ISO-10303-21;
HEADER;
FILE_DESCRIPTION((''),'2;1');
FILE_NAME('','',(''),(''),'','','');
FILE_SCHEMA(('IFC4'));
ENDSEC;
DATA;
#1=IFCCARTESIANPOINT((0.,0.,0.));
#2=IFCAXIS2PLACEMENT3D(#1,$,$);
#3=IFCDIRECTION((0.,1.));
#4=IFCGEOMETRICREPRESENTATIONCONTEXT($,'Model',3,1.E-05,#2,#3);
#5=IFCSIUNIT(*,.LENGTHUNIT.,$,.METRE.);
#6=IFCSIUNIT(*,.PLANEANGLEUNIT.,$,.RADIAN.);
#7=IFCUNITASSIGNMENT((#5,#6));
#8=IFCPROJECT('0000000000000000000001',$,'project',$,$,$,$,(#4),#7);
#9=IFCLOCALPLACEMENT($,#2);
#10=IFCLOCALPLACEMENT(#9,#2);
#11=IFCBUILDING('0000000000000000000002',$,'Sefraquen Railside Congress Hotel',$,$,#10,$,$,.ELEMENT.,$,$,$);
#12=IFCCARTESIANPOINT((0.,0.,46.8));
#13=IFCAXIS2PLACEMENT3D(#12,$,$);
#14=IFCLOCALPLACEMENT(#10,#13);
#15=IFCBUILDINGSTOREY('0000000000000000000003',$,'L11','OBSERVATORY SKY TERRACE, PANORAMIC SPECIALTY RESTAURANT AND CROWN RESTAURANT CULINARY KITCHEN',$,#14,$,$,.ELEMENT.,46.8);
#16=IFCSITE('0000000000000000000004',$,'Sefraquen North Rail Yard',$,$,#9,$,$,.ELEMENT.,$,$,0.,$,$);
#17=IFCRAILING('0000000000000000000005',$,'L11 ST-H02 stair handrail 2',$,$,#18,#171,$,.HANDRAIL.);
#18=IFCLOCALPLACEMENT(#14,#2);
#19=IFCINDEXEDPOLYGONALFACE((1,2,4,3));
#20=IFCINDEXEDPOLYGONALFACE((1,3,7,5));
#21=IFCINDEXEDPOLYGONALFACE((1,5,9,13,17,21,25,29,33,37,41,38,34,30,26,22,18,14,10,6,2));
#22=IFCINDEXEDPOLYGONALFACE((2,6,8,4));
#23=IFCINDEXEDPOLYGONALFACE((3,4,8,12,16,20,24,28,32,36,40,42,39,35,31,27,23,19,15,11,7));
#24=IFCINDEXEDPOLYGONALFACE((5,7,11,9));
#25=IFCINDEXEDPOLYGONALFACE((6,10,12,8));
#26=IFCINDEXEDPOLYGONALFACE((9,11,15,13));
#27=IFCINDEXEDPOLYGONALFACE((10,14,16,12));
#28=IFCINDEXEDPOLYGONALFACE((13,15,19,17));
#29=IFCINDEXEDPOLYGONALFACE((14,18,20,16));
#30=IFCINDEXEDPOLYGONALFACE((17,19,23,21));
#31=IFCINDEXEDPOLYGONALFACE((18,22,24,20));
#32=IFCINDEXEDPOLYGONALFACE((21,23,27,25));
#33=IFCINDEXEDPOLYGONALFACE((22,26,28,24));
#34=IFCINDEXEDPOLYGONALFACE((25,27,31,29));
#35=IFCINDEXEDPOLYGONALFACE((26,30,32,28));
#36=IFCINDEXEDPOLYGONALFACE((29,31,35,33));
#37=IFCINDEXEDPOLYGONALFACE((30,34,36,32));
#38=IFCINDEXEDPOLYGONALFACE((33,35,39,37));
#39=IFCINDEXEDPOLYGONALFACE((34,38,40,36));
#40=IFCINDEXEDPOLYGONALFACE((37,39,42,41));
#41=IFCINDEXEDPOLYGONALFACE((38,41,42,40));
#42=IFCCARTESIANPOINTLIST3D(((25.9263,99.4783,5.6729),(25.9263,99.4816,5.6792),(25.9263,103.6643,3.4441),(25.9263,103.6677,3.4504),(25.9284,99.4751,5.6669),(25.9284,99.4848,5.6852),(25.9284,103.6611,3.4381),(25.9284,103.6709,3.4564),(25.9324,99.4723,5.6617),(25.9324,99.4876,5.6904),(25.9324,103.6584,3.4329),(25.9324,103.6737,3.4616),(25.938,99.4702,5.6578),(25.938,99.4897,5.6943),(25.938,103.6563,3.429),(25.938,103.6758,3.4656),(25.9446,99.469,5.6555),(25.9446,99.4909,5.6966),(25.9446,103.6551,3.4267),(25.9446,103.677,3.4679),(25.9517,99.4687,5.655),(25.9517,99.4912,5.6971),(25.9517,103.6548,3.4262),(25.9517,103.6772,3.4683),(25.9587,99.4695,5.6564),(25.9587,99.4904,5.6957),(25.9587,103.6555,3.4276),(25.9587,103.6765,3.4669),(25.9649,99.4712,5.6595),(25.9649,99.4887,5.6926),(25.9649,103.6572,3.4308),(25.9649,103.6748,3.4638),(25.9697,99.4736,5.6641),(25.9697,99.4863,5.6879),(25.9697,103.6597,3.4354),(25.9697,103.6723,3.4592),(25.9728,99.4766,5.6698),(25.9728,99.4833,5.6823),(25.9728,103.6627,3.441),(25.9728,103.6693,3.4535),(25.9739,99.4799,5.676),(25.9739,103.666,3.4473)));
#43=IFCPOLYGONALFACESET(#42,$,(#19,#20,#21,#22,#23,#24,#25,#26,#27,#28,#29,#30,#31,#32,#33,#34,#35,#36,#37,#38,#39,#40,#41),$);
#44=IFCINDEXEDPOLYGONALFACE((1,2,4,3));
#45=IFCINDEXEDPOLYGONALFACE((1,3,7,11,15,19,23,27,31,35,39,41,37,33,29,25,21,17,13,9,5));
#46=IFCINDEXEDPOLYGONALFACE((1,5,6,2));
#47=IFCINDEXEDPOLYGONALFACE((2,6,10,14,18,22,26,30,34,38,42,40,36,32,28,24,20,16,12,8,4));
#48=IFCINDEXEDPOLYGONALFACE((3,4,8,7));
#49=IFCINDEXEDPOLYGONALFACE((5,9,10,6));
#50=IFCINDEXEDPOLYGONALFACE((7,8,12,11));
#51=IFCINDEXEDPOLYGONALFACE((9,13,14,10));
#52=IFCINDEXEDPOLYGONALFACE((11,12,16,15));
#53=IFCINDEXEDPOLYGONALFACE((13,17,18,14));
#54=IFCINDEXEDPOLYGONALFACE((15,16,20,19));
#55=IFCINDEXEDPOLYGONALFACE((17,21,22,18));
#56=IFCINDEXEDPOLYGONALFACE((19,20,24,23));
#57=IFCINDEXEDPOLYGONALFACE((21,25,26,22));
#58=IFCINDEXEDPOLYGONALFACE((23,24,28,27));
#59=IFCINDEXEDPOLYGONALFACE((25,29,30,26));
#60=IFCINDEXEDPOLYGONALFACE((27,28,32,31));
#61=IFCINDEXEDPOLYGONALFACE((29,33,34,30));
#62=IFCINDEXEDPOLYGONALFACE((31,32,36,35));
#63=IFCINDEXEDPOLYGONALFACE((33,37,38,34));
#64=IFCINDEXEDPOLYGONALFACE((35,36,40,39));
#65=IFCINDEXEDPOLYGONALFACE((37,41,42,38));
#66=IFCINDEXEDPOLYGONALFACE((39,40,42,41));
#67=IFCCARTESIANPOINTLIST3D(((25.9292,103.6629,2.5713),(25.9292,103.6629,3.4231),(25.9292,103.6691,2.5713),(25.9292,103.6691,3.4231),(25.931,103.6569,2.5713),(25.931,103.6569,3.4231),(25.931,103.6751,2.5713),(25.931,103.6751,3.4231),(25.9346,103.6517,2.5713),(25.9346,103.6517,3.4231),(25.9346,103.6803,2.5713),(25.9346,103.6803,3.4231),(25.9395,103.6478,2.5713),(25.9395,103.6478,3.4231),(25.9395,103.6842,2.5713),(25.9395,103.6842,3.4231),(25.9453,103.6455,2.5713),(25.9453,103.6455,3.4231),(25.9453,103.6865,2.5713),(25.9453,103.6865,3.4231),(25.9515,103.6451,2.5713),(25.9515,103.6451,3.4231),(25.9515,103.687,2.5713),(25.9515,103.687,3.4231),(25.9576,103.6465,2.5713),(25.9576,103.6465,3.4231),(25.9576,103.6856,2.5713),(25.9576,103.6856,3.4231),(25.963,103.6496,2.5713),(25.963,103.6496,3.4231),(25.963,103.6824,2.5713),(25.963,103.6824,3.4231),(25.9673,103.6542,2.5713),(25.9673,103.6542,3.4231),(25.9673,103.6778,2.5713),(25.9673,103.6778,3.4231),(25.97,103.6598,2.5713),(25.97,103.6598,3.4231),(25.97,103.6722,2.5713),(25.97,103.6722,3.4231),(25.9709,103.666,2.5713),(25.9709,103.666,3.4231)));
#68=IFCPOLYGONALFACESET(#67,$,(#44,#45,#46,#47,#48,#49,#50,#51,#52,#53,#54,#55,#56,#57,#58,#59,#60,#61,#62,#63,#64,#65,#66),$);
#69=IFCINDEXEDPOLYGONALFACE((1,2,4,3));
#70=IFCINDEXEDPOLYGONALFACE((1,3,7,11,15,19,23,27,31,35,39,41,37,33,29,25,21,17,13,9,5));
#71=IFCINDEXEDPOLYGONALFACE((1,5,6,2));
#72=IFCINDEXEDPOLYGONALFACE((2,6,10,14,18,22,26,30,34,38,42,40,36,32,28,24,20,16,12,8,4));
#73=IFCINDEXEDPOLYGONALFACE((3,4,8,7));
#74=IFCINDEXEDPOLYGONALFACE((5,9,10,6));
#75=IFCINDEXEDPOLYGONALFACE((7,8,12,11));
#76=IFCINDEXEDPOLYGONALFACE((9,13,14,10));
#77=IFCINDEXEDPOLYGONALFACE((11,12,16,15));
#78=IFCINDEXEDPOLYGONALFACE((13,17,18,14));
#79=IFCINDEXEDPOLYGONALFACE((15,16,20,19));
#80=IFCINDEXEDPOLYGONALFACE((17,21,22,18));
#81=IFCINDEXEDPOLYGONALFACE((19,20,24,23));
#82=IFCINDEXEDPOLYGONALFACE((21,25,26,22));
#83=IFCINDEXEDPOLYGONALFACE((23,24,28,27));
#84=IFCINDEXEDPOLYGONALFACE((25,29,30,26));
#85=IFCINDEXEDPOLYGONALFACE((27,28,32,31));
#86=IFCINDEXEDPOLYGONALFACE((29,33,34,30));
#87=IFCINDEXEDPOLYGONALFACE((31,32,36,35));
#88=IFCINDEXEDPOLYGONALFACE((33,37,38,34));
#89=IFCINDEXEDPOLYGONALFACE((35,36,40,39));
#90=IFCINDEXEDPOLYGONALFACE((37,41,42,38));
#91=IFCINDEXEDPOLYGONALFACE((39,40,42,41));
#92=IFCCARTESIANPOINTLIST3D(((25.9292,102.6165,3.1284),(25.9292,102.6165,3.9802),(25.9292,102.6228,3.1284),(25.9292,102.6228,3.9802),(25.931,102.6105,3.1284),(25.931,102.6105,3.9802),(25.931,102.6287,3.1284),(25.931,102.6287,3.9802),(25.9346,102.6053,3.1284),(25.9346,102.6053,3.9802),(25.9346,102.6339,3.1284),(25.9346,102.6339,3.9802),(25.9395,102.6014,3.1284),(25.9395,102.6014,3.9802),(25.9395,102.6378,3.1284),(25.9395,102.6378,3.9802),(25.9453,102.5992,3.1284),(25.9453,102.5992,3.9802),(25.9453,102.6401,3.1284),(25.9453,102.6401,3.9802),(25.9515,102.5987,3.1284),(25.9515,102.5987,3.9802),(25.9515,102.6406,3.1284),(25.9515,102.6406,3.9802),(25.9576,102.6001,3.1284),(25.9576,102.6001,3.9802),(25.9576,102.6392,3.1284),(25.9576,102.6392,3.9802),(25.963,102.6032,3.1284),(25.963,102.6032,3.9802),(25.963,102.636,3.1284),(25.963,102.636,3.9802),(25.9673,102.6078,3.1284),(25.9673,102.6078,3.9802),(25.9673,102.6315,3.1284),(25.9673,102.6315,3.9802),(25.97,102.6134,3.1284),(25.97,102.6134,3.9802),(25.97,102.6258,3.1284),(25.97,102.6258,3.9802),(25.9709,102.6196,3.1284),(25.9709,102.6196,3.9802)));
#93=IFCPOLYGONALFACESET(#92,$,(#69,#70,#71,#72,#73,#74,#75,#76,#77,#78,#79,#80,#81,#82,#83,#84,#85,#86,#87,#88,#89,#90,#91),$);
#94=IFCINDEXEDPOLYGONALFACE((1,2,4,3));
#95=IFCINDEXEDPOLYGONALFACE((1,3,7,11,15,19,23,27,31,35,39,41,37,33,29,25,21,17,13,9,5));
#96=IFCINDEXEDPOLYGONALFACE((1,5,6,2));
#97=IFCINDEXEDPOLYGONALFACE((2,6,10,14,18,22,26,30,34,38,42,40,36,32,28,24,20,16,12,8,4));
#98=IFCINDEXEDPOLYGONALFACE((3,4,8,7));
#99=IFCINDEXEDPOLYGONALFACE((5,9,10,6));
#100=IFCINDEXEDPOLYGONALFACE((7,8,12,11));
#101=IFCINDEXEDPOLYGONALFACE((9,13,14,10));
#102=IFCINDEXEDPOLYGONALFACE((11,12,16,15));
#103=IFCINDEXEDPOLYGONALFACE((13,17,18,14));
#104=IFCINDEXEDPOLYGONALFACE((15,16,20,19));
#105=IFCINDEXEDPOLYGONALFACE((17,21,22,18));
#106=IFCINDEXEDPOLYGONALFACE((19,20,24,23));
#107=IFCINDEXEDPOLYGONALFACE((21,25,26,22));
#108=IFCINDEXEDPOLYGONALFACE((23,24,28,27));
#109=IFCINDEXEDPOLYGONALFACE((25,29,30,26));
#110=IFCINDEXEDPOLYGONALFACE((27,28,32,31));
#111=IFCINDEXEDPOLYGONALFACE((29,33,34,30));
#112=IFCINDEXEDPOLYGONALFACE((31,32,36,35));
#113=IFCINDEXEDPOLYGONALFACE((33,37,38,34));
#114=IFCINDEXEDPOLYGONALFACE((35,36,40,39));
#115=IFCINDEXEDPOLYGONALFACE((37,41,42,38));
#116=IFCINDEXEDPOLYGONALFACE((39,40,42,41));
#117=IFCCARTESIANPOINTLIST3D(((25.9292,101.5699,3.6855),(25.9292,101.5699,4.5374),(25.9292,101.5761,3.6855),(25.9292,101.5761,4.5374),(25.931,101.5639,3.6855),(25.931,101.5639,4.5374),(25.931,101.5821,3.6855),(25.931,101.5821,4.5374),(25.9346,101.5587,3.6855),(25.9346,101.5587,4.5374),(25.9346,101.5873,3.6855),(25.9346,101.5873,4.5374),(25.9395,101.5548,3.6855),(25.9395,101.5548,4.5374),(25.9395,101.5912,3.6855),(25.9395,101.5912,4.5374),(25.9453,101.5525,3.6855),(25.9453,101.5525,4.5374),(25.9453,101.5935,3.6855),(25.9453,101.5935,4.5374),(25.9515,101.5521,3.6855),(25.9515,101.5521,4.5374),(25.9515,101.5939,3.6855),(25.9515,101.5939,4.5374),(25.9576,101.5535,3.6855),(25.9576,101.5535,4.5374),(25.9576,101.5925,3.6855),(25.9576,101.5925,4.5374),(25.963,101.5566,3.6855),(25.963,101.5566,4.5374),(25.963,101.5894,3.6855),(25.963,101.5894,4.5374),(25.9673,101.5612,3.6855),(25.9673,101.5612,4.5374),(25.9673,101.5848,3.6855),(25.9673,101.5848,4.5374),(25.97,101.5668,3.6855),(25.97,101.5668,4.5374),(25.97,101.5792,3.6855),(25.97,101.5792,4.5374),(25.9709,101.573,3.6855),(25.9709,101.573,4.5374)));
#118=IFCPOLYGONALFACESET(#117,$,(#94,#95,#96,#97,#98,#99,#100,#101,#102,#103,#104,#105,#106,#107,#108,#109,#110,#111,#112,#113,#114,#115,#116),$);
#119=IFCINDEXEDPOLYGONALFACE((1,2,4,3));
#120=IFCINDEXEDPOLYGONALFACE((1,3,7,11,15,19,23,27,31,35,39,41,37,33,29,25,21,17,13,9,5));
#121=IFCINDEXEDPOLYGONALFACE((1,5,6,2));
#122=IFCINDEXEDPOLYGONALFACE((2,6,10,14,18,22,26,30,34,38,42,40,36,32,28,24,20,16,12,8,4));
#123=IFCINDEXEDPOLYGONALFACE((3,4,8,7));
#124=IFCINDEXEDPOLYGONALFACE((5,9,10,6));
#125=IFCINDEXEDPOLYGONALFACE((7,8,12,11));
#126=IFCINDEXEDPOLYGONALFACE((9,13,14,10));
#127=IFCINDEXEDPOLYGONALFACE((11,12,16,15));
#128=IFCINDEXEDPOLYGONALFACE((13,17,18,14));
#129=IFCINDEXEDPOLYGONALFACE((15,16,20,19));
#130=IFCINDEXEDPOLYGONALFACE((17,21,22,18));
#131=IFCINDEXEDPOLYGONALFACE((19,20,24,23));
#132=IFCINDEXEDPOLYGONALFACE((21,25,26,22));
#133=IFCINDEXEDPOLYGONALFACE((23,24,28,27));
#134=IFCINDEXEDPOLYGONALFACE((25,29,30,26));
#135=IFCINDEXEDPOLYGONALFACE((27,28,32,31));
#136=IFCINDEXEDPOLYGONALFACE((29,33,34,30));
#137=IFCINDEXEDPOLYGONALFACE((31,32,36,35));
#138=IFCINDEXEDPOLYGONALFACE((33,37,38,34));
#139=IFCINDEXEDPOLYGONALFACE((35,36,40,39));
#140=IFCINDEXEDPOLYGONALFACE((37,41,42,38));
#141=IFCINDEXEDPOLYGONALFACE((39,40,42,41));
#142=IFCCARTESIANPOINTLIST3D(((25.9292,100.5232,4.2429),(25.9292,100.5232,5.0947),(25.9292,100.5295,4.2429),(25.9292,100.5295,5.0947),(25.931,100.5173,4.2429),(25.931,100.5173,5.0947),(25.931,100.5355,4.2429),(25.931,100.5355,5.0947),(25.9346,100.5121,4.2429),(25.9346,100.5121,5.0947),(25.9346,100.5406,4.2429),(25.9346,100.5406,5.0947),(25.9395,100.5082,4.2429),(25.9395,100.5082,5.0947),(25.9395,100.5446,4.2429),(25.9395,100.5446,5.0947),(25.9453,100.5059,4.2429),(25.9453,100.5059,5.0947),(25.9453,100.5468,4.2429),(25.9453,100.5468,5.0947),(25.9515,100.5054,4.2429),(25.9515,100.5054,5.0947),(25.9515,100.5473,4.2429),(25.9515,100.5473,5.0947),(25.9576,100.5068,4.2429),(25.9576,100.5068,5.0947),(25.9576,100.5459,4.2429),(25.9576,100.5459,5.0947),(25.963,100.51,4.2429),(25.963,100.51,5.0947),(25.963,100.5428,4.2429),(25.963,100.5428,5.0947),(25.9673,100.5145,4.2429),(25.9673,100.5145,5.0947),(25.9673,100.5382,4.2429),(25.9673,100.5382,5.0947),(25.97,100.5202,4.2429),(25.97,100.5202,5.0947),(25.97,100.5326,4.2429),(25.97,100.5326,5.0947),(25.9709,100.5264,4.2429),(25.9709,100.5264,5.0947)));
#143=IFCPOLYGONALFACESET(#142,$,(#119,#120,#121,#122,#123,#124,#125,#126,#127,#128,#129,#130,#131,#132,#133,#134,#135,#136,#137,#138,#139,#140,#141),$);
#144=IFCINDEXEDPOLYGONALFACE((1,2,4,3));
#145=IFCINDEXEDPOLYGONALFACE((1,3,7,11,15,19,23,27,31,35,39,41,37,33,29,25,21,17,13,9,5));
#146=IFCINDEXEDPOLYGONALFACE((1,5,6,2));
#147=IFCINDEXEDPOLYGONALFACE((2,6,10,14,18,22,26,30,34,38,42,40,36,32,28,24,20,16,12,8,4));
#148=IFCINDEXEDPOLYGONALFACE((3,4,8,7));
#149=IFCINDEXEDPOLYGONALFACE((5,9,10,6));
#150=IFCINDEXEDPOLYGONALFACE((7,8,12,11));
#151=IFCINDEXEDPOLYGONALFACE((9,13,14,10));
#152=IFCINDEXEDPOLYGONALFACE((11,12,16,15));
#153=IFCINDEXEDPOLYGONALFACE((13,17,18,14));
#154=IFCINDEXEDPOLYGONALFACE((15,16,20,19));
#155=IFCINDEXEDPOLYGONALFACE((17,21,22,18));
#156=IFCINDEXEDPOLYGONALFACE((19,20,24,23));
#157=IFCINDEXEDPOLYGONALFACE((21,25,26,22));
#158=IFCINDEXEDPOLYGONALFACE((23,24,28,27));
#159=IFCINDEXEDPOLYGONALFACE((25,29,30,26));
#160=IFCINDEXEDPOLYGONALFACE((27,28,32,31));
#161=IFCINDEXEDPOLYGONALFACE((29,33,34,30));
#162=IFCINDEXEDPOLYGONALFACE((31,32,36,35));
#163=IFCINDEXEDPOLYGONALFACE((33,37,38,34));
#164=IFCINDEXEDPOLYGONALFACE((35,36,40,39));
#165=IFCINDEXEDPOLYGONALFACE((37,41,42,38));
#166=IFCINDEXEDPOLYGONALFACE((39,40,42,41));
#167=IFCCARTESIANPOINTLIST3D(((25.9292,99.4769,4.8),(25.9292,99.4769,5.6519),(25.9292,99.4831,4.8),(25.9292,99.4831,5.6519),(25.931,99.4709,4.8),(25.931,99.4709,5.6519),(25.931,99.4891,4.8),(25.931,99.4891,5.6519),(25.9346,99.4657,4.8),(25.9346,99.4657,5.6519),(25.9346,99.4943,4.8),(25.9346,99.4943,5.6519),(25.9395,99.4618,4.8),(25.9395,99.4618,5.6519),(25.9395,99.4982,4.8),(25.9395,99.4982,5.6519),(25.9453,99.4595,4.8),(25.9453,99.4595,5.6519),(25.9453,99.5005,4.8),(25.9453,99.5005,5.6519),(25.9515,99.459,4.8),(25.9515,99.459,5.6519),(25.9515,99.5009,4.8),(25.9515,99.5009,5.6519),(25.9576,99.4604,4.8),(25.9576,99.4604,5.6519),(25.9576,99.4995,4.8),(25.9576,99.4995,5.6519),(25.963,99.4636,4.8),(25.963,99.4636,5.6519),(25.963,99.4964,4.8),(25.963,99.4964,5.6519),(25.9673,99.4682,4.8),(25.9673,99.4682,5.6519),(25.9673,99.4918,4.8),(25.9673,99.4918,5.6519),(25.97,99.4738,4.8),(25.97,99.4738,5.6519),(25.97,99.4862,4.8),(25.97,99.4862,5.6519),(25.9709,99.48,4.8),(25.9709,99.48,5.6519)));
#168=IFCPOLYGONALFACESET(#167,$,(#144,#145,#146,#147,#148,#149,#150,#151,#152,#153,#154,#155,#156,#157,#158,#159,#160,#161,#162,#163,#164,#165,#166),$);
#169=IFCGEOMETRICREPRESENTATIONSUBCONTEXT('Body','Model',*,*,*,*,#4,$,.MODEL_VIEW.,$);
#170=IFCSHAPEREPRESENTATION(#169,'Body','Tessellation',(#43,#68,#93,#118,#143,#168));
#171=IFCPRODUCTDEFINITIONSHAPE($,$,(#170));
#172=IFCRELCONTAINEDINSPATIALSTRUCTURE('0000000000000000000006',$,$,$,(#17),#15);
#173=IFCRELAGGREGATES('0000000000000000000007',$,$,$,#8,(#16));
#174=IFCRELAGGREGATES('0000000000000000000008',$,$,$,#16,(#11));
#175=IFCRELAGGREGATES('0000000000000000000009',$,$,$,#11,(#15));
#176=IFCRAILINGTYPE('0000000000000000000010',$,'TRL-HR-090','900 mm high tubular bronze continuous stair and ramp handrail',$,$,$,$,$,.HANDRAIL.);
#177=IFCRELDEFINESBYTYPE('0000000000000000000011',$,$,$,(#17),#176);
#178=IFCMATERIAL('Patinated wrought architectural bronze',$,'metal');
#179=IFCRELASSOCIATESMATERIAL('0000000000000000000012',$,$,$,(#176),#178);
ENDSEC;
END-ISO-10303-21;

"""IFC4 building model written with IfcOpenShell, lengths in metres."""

from ifc_helpers import new_model, si_unit, direction, frame, origin, origin_2d, place, context, subcontext, project, spatial, circle, extrude, material, type_object, element, save


model = new_model("IFC4")

# Units and contexts
model_context = context("Model", 3, precision=1e-05, world=origin(), true_north=direction((0.0, 1.0)))
body_context = subcontext(model_context, "Body", "Model", "MODEL_VIEW")
ifc_project = project(units=[si_unit("LENGTHUNIT", "METRE"), si_unit("PLANEANGLEUNIT", "RADIAN")], contexts=[model_context])

# Site, building, storey
site_placement = place(None, origin())
site = spatial("IfcSite", under=ifc_project, at=site_placement, Name="Sefraquen North Rail Yard", CompositionType="ELEMENT", RefElevation=0.0)
building_placement = place(site_placement, origin())
building = spatial("IfcBuilding", under=site, at=building_placement, Name="Sefraquen Railside Congress Hotel", CompositionType="ELEMENT")
storey_placement = place(building_placement, frame((0.0, 0.0, 46.8)))
storey = spatial("IfcBuildingStorey", under=building, at=storey_placement, Name="L11", Description="OBSERVATORY SKY TERRACE, PANORAMIC SPECIALTY RESTAURANT AND CROWN RESTAURANT CULINARY KITCHEN", CompositionType="ELEMENT", Elevation=46.8)

# Railing
ifc_material_1 = material(Name="Patinated wrought architectural bronze", Category="metal")
railing_type_1 = type_object("IfcRailingType", Name="TRL-HR-090", Description="900 mm high tubular bronze continuous stair and ramp handrail", PredefinedType="HANDRAIL", material=ifc_material_1)
railing_1_placement = place(storey_placement, frame((25.95, 103.666, 2.5713)))
element("IfcRailing", 1, at=railing_1_placement, inside=storey, type_object=railing_type_1, Name="L11 ST-H02 stair handrail 2", PredefinedType="HANDRAIL", context=body_context, shape_type="SweptSolid", body=[
    extrude(circle(Radius=0.0239, at=origin_2d()), frame((0.0, 0.0, 0.876), z_axis=(0.0, -0.882685, 0.469966), x_axis=(1.0, 0.0, 0.0)), (0.0, 0.0, 1.0), 4.7424),
    extrude(circle(Radius=0.021, at=origin_2d()), origin(), (0.0, 0.0, 1.0), 0.8518),
    extrude(circle(Radius=0.021, at=origin_2d()), frame((0.0, -1.0464, 0.5571)), (0.0, 0.0, 1.0), 0.8518),
    extrude(circle(Radius=0.021, at=origin_2d()), frame((0.0, -2.093, 1.1143)), (0.0, 0.0, 1.0), 0.8518),
    extrude(circle(Radius=0.021, at=origin_2d()), frame((0.0, -3.1396, 1.6716)), (0.0, 0.0, 1.0), 0.8518),
    extrude(circle(Radius=0.021, at=origin_2d()), frame((0.0, -4.186, 2.2288)), (0.0, 0.0, 1.0), 0.8518),
])

save(model, "model.ifc")
